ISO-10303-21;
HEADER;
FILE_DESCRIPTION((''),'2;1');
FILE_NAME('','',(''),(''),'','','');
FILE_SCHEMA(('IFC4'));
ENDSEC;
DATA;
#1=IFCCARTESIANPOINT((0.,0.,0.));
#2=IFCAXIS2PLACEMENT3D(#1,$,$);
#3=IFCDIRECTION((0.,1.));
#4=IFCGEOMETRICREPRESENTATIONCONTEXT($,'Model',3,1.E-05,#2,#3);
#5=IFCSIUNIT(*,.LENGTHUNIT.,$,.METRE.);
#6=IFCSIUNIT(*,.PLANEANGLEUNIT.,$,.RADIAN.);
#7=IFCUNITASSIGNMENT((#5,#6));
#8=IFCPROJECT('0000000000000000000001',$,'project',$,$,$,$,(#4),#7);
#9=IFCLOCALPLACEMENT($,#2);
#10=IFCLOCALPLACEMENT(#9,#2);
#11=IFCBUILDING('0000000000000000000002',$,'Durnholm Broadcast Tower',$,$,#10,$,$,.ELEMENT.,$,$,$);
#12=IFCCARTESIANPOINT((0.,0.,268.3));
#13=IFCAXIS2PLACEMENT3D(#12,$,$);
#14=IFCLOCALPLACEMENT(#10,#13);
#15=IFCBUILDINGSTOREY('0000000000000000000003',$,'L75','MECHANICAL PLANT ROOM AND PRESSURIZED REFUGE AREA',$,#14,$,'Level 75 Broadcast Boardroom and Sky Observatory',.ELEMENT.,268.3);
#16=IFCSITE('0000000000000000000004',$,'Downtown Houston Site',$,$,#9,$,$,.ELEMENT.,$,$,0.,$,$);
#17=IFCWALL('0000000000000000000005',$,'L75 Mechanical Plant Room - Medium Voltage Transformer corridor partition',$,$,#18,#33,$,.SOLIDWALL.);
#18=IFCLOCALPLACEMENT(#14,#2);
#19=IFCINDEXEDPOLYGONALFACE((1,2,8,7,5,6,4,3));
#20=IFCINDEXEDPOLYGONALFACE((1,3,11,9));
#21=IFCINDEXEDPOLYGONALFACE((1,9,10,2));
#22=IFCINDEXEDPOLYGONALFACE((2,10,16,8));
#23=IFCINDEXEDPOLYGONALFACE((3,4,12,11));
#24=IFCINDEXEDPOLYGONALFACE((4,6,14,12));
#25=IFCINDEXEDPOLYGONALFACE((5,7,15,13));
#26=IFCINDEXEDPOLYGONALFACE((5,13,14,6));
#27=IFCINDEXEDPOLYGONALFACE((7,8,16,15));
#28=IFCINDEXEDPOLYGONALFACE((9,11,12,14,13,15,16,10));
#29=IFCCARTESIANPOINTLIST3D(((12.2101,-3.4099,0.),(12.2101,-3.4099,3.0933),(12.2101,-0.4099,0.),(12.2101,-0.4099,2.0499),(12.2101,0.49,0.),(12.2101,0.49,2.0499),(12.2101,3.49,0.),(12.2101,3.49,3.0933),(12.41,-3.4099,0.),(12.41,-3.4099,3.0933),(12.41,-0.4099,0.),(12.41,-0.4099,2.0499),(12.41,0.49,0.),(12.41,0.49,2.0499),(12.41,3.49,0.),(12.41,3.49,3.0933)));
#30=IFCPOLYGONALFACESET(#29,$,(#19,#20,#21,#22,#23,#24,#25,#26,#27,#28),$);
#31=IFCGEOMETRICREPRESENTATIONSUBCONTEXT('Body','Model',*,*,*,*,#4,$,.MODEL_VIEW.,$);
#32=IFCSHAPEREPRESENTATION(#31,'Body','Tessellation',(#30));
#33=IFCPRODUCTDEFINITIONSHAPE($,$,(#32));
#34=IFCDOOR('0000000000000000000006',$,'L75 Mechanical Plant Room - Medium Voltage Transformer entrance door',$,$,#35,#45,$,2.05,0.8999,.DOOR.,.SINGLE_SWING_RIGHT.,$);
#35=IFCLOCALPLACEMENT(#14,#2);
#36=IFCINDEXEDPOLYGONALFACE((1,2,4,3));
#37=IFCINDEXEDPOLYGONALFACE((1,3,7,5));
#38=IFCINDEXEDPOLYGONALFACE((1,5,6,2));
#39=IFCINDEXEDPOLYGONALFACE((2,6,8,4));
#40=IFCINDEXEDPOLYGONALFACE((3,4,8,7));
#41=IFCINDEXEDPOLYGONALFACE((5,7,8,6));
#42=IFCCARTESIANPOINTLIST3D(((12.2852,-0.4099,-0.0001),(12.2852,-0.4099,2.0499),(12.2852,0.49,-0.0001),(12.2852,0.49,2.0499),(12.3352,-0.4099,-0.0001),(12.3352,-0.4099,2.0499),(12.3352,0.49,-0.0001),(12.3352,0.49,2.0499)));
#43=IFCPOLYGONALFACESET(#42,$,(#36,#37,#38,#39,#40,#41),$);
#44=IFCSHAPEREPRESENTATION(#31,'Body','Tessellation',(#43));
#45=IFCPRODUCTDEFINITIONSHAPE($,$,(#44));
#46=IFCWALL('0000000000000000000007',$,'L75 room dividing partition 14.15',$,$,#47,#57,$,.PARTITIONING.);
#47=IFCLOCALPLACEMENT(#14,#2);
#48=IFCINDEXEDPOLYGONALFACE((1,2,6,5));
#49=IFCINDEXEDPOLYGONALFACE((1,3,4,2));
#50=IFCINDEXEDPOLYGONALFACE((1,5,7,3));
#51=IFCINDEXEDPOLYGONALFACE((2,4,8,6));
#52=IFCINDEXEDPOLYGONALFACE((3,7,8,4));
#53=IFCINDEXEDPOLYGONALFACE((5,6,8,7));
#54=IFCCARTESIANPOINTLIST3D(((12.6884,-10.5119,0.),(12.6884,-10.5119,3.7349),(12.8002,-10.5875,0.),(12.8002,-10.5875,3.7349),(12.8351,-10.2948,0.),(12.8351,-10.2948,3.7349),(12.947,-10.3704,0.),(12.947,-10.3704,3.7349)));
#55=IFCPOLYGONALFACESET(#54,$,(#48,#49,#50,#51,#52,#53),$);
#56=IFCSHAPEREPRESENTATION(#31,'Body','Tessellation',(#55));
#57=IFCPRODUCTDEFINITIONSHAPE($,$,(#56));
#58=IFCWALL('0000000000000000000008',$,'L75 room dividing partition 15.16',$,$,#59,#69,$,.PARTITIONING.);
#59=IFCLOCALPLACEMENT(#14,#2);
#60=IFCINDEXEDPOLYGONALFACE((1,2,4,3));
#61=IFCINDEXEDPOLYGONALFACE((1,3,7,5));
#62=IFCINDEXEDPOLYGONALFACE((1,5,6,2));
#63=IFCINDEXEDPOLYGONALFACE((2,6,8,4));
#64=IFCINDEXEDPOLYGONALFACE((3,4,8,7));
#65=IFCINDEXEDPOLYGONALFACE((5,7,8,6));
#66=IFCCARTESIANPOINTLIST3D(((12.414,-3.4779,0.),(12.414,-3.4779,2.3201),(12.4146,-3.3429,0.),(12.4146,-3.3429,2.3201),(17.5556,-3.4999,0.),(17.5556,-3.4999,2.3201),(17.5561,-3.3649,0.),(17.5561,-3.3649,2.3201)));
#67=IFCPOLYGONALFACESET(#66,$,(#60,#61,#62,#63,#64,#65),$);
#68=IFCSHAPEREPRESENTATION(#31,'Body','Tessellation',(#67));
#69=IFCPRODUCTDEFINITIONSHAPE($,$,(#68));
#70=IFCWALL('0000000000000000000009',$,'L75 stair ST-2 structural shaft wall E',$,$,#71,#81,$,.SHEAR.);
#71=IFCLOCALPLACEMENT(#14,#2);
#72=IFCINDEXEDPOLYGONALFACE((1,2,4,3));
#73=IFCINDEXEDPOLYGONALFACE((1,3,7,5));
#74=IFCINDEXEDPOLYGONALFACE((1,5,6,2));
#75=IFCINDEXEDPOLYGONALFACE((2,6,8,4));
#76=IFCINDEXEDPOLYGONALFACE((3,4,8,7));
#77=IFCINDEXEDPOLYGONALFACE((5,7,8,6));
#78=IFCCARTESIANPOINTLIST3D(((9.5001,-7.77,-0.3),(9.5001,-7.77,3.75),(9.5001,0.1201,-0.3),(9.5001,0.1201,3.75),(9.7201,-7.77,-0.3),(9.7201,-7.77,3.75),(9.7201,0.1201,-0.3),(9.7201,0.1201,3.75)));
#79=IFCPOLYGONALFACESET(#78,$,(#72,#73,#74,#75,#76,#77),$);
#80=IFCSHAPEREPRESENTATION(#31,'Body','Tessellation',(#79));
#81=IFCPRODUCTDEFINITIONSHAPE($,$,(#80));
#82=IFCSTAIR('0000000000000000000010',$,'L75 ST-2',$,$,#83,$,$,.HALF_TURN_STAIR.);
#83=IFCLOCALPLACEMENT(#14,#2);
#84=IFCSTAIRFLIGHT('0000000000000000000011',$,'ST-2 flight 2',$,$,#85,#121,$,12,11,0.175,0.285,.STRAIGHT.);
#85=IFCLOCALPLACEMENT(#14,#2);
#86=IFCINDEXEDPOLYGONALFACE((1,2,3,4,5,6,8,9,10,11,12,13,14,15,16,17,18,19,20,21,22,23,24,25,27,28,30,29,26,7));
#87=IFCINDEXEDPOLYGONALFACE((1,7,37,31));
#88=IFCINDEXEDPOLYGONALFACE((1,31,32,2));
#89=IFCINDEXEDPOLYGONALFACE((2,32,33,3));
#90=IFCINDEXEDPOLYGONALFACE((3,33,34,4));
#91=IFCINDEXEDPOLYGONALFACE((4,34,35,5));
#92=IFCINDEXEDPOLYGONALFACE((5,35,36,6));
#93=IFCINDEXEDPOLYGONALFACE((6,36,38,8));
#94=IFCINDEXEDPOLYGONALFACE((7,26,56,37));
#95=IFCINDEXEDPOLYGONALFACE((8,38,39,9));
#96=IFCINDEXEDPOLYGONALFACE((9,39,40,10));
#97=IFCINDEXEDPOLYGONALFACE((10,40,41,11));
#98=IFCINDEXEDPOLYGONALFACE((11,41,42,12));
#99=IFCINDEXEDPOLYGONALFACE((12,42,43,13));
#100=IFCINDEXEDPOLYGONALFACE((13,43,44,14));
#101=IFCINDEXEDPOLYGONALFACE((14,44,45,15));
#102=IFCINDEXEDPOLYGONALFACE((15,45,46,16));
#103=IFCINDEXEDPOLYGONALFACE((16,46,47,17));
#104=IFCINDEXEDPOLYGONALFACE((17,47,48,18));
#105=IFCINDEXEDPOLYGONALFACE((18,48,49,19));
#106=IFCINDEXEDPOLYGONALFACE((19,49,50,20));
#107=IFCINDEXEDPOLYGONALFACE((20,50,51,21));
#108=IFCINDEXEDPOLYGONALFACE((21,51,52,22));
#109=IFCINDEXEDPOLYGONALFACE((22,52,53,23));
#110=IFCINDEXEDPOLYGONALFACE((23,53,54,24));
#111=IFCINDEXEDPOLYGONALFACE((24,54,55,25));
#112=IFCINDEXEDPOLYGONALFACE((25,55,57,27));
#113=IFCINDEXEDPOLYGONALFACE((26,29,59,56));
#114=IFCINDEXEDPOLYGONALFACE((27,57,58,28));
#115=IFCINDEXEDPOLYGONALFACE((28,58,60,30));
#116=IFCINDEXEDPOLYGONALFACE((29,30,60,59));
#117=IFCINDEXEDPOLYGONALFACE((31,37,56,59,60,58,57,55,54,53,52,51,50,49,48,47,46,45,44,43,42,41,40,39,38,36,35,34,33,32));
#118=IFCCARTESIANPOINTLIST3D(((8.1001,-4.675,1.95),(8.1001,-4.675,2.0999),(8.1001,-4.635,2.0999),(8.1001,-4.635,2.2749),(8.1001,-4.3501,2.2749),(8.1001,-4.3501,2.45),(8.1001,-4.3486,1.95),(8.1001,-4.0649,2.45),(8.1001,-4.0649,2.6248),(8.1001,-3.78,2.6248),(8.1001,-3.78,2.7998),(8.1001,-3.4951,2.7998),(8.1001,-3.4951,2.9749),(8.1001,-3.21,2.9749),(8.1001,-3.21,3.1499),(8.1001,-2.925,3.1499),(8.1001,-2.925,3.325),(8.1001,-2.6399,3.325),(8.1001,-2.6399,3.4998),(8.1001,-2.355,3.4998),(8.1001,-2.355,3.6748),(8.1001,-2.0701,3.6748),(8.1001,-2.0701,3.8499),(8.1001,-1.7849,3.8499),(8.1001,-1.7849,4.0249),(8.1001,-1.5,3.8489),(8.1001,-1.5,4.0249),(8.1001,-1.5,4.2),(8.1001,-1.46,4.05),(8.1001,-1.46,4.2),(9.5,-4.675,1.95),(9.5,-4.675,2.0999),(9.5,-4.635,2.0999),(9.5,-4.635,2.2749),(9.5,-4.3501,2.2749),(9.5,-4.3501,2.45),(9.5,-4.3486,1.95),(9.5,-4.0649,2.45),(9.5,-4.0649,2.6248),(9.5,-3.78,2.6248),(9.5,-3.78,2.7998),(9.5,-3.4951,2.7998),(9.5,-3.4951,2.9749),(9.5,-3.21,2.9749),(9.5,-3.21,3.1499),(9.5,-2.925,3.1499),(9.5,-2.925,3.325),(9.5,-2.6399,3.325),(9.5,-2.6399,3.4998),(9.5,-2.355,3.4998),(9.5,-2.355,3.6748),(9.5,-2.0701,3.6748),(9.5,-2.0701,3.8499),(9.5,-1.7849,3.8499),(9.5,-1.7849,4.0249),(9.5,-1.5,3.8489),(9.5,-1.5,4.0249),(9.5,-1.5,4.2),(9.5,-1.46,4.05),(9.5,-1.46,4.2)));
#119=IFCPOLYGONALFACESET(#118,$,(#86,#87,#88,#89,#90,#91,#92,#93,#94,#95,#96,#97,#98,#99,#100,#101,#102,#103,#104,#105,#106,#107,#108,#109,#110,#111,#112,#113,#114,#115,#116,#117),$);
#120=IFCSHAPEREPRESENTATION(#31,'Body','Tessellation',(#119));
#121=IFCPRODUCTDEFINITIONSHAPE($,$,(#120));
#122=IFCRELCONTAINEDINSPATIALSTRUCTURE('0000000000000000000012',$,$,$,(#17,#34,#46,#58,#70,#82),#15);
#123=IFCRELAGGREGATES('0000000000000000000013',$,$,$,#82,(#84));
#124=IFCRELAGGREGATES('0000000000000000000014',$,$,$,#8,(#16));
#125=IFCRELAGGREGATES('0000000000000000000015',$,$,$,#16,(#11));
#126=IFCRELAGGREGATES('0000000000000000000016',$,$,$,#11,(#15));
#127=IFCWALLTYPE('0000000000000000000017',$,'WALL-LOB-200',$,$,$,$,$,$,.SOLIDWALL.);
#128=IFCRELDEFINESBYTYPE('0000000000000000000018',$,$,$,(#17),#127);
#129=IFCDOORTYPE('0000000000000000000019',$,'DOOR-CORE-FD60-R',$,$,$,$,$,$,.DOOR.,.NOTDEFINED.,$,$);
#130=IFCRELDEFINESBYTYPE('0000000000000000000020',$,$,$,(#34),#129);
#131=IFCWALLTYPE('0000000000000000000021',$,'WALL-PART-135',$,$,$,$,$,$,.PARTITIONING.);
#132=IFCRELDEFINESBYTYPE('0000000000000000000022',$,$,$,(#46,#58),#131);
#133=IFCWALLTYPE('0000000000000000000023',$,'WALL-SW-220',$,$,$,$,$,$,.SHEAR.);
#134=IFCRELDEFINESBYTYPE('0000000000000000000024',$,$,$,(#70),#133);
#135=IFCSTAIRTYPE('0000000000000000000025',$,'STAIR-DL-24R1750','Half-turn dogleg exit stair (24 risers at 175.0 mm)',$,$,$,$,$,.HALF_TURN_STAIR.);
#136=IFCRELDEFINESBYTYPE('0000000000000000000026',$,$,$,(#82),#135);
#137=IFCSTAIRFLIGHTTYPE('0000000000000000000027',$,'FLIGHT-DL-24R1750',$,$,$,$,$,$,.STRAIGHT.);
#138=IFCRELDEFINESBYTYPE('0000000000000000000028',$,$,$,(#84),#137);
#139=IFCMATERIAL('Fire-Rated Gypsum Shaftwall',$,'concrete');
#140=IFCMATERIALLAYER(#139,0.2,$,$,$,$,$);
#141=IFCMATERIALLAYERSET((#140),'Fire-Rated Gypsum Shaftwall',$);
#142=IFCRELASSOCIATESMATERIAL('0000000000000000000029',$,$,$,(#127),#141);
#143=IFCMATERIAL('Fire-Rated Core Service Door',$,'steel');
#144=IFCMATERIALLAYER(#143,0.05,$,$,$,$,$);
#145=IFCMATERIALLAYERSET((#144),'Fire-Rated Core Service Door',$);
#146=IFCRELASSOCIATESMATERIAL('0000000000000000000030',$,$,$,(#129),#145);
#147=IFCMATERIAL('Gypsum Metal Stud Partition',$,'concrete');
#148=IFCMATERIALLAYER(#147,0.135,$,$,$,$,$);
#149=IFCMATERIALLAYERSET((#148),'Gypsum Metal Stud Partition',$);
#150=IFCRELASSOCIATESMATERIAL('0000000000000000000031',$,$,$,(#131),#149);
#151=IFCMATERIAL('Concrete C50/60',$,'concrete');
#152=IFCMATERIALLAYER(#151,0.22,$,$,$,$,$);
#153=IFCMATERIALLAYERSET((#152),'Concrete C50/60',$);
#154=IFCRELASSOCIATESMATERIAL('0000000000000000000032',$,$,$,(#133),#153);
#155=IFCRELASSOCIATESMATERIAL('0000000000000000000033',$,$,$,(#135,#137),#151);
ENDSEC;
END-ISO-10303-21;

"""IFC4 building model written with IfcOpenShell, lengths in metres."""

from ifc_helpers import new_model, si_unit, direction, frame, frame_2d, origin, place, context, subcontext, project, spatial, polyline, rectangle, outline, extrude, source, transform, mapped, material, layer, layer_set, type_object, type_shapes, element, fill, aggregate, save


model = new_model("IFC4")

# Units and contexts
model_context = context("Model", 3, precision=1e-05, world=origin(), true_north=direction((0.0, 1.0)))
body_context = subcontext(model_context, "Body", "Model", "MODEL_VIEW")
ifc_project = project(units=[si_unit("LENGTHUNIT", "METRE"), si_unit("PLANEANGLEUNIT", "RADIAN")], contexts=[model_context])

# Site, building, storey
site_placement = place(None, origin())
site = spatial("IfcSite", under=ifc_project, at=site_placement, Name="Downtown Houston Site", CompositionType="ELEMENT", RefElevation=0.0)
building_placement = place(site_placement, origin())
building = spatial("IfcBuilding", under=site, at=building_placement, Name="Durnholm Broadcast Tower", CompositionType="ELEMENT")
storey_placement = place(building_placement, frame((0.0, 0.0, 268.3)))
storey = spatial("IfcBuildingStorey", under=building, at=storey_placement, Name="L75", Description="MECHANICAL PLANT ROOM AND PRESSURIZED REFUGE AREA", LongName="Level 75 Broadcast Boardroom and Sky Observatory", CompositionType="ELEMENT", Elevation=268.3)

# Wall, opening, door
ifc_material_1 = material(Name="Fire-Rated Gypsum Shaftwall", Category="concrete")
ifc_layer_1 = layer(ifc_material_1, 0.2)
ifc_layer_set_1 = layer_set([ifc_layer_1], Name="Fire-Rated Gypsum Shaftwall")
wall_type_1 = type_object("IfcWallType", Name="WALL-LOB-200", PredefinedType="SOLIDWALL", material=ifc_layer_set_1)
ifc_material_2 = material(Name="Fire-Rated Core Service Door", Category="steel")
wall_1_placement = place(storey_placement, frame((12.3101, -3.4099, 0.0), z_axis=(0.0, 0.0, 1.0), x_axis=(0.0, 1.0, 0.0)))
wall_1 = element("IfcWall", 1, at=wall_1_placement, inside=storey, type_object=wall_type_1, Name="L75 Mechanical Plant Room - Medium Voltage Transformer corridor partition", PredefinedType="SOLIDWALL", context=body_context, shape_type="SweptSolid", body=[
    extrude(rectangle(XDim=6.8999, YDim=0.2, at=frame_2d((3.45, 0.0))), origin(), (0.0, 0.0, 1.0), 3.0933),
])
opening_1_placement = place(wall_1_placement, frame((3.0, 0.0, 0.0)))
opening_1 = element("IfcOpeningElement", 2, at=opening_1_placement, cuts=wall_1, PredefinedType="OPENING", context=body_context, shape_type="SweptSolid", body=[
    extrude(rectangle(XDim=0.8999, YDim=2.05, at=frame_2d((0.45, 1.0249))), frame((0.0, 0.1099, 0.0), z_axis=(0.0, -1.0, 0.0), x_axis=(1.0, 0.0, 0.0)), (0.0, 0.0, 1.0), 0.22),
])
ifc_layer_2 = layer(ifc_material_2, 0.05)
ifc_layer_set_2 = layer_set([ifc_layer_2], Name="Fire-Rated Core Service Door")
door_type_1 = type_object("IfcDoorType", Name="DOOR-CORE-FD60-R", OperationType="NOTDEFINED", PredefinedType="DOOR", material=ifc_layer_set_2)
shared_shape_1 = source(origin(), body_context, "Body", "SweptSolid", [
    extrude(rectangle(XDim=0.8999, YDim=2.05, at=frame_2d((0.45, 1.0249))), frame((0.0, 0.0249, 0.0), z_axis=(0.0, -1.0, 0.0), x_axis=(1.0, 0.0, 0.0)), (0.0, 0.0, 1.0), 0.05),
])
type_shapes(door_type_1, [shared_shape_1])
door_1_placement = place(opening_1_placement, origin())
door_1 = element("IfcDoor", 3, at=door_1_placement, inside=storey, type_object=door_type_1, Name="L75 Mechanical Plant Room - Medium Voltage Transformer entrance door", OperationType="SINGLE_SWING_RIGHT", OverallHeight=2.05, OverallWidth=0.8999, PredefinedType="DOOR", context=body_context, shape_type="MappedRepresentation", body=[
    mapped(shared_shape_1, transform((0.0, 0.0, 0.0), x_axis=(1.0, 0.0, 0.0), y_axis=(0.0, 1.0, 0.0), z_axis=(0.0, 0.0, 1.0), scale=1.0)),
])
fill(opening_1, door_1)

# Walls
ifc_material_3 = material(Name="Gypsum Metal Stud Partition", Category="concrete")
ifc_layer_3 = layer(ifc_material_3, 0.135)
ifc_layer_set_3 = layer_set([ifc_layer_3], Name="Gypsum Metal Stud Partition")
wall_type_2 = type_object("IfcWallType", Name="WALL-PART-135", PredefinedType="PARTITIONING", material=ifc_layer_set_3)
wall_2_placement = place(storey_placement, frame((12.7444, -10.5496, 0.0), z_axis=(0.0, 0.0, 1.0), x_axis=(0.560065, 0.828449, 0.0)))
element("IfcWall", 4, at=wall_2_placement, inside=storey, type_object=wall_type_2, Name="L75 room dividing partition 14.15", PredefinedType="PARTITIONING", context=body_context, shape_type="SweptSolid", body=[
    extrude(rectangle(XDim=0.262, YDim=0.135, at=frame_2d((0.1309, 0.0))), origin(), (0.0, 0.0, 1.0), 3.7349),
])
wall_3_placement = place(storey_placement, frame((12.4143, -3.4104, 0.0), z_axis=(0.0, 0.0, 1.0), x_axis=(0.999991, -0.004273, 0.0)))
element("IfcWall", 5, at=wall_3_placement, inside=storey, type_object=wall_type_2, Name="L75 room dividing partition 15.16", PredefinedType="PARTITIONING", context=body_context, shape_type="SweptSolid", body=[
    extrude(rectangle(XDim=5.1416, YDim=0.135, at=frame_2d((2.5708, 0.0))), origin(), (0.0, 0.0, 1.0), 2.3201),
])
ifc_material_4 = material(Name="Concrete C50/60", Category="concrete")
ifc_layer_4 = layer(ifc_material_4, 0.22)
ifc_layer_set_4 = layer_set([ifc_layer_4], Name="Concrete C50/60")
wall_type_3 = type_object("IfcWallType", Name="WALL-SW-220", PredefinedType="SHEAR", material=ifc_layer_set_4)
wall_4_placement = place(storey_placement, frame((9.6101, -7.77, -0.3), z_axis=(0.0, 0.0, 1.0), x_axis=(0.0, 1.0, 0.0)))
element("IfcWall", 6, at=wall_4_placement, inside=storey, type_object=wall_type_3, Name="L75 stair ST-2 structural shaft wall E", PredefinedType="SHEAR", context=body_context, shape_type="SweptSolid", body=[
    extrude(rectangle(XDim=7.8901, YDim=0.22, at=frame_2d((3.9451, 0.0))), origin(), (0.0, 0.0, 1.0), 4.05),
])

# Stair, stair flight
stair_type = type_object("IfcStairType", Name="STAIR-DL-24R1750", Description="Half-turn dogleg exit stair (24 risers at 175.0 mm)", PredefinedType="HALF_TURN_STAIR", material=ifc_material_4)
stair_placement = place(storey_placement, origin())
stair = element("IfcStair", 7, at=stair_placement, inside=storey, type_object=stair_type, Name="L75 ST-2", PredefinedType="HALF_TURN_STAIR")
stair_flight_type = type_object("IfcStairFlightType", Name="FLIGHT-DL-24R1750", PredefinedType="STRAIGHT", material=ifc_material_4)
stair_flight_placement = place(storey_placement, frame((8.8, -4.635, 2.0999), z_axis=(0.0, 0.0, 1.0), x_axis=(0.0, 1.0, 0.0)))
stair_flight = element("IfcStairFlight", 8, at=stair_flight_placement, type_object=stair_flight_type, Name="ST-2 flight 2", NumberOfRisers=12, NumberOfTreads=11, PredefinedType="STRAIGHT", RiserHeight=0.175, TreadLength=0.285, context=body_context, shape_type="SweptSolid", body=[
    extrude(outline(polyline([(-0.04, -0.1499), (-0.04, 0.0), (0.0, 0.0), (0.0, 0.175), (0.2849, 0.175), (0.2849, 0.3501), (0.5701, 0.3501), (0.5701, 0.5249), (0.855, 0.5249), (0.855, 0.7), (1.1399, 0.7), (1.1399, 0.875), (1.425, 0.875), (1.425, 1.05), (1.71, 1.05), (1.71, 1.2251), (1.9951, 1.2251), (1.9951, 1.3999), (2.28, 1.3999), (2.28, 1.575), (2.5649, 1.575), (2.5649, 1.75), (2.8501, 1.75), (2.8501, 1.925), (3.135, 1.925), (3.135, 2.1001), (3.175, 2.1001), (3.175, 1.9502), (3.135, 1.749), (0.2864, -0.1499), (-0.04, -0.1499)])), frame((0.0, 0.7, 0.0), z_axis=(0.0, -1.0, 0.0), x_axis=(1.0, 0.0, 0.0)), (0.0, 0.0, 1.0), 1.3999),
])
aggregate(stair, [stair_flight])

save(model, "model.ifc")
